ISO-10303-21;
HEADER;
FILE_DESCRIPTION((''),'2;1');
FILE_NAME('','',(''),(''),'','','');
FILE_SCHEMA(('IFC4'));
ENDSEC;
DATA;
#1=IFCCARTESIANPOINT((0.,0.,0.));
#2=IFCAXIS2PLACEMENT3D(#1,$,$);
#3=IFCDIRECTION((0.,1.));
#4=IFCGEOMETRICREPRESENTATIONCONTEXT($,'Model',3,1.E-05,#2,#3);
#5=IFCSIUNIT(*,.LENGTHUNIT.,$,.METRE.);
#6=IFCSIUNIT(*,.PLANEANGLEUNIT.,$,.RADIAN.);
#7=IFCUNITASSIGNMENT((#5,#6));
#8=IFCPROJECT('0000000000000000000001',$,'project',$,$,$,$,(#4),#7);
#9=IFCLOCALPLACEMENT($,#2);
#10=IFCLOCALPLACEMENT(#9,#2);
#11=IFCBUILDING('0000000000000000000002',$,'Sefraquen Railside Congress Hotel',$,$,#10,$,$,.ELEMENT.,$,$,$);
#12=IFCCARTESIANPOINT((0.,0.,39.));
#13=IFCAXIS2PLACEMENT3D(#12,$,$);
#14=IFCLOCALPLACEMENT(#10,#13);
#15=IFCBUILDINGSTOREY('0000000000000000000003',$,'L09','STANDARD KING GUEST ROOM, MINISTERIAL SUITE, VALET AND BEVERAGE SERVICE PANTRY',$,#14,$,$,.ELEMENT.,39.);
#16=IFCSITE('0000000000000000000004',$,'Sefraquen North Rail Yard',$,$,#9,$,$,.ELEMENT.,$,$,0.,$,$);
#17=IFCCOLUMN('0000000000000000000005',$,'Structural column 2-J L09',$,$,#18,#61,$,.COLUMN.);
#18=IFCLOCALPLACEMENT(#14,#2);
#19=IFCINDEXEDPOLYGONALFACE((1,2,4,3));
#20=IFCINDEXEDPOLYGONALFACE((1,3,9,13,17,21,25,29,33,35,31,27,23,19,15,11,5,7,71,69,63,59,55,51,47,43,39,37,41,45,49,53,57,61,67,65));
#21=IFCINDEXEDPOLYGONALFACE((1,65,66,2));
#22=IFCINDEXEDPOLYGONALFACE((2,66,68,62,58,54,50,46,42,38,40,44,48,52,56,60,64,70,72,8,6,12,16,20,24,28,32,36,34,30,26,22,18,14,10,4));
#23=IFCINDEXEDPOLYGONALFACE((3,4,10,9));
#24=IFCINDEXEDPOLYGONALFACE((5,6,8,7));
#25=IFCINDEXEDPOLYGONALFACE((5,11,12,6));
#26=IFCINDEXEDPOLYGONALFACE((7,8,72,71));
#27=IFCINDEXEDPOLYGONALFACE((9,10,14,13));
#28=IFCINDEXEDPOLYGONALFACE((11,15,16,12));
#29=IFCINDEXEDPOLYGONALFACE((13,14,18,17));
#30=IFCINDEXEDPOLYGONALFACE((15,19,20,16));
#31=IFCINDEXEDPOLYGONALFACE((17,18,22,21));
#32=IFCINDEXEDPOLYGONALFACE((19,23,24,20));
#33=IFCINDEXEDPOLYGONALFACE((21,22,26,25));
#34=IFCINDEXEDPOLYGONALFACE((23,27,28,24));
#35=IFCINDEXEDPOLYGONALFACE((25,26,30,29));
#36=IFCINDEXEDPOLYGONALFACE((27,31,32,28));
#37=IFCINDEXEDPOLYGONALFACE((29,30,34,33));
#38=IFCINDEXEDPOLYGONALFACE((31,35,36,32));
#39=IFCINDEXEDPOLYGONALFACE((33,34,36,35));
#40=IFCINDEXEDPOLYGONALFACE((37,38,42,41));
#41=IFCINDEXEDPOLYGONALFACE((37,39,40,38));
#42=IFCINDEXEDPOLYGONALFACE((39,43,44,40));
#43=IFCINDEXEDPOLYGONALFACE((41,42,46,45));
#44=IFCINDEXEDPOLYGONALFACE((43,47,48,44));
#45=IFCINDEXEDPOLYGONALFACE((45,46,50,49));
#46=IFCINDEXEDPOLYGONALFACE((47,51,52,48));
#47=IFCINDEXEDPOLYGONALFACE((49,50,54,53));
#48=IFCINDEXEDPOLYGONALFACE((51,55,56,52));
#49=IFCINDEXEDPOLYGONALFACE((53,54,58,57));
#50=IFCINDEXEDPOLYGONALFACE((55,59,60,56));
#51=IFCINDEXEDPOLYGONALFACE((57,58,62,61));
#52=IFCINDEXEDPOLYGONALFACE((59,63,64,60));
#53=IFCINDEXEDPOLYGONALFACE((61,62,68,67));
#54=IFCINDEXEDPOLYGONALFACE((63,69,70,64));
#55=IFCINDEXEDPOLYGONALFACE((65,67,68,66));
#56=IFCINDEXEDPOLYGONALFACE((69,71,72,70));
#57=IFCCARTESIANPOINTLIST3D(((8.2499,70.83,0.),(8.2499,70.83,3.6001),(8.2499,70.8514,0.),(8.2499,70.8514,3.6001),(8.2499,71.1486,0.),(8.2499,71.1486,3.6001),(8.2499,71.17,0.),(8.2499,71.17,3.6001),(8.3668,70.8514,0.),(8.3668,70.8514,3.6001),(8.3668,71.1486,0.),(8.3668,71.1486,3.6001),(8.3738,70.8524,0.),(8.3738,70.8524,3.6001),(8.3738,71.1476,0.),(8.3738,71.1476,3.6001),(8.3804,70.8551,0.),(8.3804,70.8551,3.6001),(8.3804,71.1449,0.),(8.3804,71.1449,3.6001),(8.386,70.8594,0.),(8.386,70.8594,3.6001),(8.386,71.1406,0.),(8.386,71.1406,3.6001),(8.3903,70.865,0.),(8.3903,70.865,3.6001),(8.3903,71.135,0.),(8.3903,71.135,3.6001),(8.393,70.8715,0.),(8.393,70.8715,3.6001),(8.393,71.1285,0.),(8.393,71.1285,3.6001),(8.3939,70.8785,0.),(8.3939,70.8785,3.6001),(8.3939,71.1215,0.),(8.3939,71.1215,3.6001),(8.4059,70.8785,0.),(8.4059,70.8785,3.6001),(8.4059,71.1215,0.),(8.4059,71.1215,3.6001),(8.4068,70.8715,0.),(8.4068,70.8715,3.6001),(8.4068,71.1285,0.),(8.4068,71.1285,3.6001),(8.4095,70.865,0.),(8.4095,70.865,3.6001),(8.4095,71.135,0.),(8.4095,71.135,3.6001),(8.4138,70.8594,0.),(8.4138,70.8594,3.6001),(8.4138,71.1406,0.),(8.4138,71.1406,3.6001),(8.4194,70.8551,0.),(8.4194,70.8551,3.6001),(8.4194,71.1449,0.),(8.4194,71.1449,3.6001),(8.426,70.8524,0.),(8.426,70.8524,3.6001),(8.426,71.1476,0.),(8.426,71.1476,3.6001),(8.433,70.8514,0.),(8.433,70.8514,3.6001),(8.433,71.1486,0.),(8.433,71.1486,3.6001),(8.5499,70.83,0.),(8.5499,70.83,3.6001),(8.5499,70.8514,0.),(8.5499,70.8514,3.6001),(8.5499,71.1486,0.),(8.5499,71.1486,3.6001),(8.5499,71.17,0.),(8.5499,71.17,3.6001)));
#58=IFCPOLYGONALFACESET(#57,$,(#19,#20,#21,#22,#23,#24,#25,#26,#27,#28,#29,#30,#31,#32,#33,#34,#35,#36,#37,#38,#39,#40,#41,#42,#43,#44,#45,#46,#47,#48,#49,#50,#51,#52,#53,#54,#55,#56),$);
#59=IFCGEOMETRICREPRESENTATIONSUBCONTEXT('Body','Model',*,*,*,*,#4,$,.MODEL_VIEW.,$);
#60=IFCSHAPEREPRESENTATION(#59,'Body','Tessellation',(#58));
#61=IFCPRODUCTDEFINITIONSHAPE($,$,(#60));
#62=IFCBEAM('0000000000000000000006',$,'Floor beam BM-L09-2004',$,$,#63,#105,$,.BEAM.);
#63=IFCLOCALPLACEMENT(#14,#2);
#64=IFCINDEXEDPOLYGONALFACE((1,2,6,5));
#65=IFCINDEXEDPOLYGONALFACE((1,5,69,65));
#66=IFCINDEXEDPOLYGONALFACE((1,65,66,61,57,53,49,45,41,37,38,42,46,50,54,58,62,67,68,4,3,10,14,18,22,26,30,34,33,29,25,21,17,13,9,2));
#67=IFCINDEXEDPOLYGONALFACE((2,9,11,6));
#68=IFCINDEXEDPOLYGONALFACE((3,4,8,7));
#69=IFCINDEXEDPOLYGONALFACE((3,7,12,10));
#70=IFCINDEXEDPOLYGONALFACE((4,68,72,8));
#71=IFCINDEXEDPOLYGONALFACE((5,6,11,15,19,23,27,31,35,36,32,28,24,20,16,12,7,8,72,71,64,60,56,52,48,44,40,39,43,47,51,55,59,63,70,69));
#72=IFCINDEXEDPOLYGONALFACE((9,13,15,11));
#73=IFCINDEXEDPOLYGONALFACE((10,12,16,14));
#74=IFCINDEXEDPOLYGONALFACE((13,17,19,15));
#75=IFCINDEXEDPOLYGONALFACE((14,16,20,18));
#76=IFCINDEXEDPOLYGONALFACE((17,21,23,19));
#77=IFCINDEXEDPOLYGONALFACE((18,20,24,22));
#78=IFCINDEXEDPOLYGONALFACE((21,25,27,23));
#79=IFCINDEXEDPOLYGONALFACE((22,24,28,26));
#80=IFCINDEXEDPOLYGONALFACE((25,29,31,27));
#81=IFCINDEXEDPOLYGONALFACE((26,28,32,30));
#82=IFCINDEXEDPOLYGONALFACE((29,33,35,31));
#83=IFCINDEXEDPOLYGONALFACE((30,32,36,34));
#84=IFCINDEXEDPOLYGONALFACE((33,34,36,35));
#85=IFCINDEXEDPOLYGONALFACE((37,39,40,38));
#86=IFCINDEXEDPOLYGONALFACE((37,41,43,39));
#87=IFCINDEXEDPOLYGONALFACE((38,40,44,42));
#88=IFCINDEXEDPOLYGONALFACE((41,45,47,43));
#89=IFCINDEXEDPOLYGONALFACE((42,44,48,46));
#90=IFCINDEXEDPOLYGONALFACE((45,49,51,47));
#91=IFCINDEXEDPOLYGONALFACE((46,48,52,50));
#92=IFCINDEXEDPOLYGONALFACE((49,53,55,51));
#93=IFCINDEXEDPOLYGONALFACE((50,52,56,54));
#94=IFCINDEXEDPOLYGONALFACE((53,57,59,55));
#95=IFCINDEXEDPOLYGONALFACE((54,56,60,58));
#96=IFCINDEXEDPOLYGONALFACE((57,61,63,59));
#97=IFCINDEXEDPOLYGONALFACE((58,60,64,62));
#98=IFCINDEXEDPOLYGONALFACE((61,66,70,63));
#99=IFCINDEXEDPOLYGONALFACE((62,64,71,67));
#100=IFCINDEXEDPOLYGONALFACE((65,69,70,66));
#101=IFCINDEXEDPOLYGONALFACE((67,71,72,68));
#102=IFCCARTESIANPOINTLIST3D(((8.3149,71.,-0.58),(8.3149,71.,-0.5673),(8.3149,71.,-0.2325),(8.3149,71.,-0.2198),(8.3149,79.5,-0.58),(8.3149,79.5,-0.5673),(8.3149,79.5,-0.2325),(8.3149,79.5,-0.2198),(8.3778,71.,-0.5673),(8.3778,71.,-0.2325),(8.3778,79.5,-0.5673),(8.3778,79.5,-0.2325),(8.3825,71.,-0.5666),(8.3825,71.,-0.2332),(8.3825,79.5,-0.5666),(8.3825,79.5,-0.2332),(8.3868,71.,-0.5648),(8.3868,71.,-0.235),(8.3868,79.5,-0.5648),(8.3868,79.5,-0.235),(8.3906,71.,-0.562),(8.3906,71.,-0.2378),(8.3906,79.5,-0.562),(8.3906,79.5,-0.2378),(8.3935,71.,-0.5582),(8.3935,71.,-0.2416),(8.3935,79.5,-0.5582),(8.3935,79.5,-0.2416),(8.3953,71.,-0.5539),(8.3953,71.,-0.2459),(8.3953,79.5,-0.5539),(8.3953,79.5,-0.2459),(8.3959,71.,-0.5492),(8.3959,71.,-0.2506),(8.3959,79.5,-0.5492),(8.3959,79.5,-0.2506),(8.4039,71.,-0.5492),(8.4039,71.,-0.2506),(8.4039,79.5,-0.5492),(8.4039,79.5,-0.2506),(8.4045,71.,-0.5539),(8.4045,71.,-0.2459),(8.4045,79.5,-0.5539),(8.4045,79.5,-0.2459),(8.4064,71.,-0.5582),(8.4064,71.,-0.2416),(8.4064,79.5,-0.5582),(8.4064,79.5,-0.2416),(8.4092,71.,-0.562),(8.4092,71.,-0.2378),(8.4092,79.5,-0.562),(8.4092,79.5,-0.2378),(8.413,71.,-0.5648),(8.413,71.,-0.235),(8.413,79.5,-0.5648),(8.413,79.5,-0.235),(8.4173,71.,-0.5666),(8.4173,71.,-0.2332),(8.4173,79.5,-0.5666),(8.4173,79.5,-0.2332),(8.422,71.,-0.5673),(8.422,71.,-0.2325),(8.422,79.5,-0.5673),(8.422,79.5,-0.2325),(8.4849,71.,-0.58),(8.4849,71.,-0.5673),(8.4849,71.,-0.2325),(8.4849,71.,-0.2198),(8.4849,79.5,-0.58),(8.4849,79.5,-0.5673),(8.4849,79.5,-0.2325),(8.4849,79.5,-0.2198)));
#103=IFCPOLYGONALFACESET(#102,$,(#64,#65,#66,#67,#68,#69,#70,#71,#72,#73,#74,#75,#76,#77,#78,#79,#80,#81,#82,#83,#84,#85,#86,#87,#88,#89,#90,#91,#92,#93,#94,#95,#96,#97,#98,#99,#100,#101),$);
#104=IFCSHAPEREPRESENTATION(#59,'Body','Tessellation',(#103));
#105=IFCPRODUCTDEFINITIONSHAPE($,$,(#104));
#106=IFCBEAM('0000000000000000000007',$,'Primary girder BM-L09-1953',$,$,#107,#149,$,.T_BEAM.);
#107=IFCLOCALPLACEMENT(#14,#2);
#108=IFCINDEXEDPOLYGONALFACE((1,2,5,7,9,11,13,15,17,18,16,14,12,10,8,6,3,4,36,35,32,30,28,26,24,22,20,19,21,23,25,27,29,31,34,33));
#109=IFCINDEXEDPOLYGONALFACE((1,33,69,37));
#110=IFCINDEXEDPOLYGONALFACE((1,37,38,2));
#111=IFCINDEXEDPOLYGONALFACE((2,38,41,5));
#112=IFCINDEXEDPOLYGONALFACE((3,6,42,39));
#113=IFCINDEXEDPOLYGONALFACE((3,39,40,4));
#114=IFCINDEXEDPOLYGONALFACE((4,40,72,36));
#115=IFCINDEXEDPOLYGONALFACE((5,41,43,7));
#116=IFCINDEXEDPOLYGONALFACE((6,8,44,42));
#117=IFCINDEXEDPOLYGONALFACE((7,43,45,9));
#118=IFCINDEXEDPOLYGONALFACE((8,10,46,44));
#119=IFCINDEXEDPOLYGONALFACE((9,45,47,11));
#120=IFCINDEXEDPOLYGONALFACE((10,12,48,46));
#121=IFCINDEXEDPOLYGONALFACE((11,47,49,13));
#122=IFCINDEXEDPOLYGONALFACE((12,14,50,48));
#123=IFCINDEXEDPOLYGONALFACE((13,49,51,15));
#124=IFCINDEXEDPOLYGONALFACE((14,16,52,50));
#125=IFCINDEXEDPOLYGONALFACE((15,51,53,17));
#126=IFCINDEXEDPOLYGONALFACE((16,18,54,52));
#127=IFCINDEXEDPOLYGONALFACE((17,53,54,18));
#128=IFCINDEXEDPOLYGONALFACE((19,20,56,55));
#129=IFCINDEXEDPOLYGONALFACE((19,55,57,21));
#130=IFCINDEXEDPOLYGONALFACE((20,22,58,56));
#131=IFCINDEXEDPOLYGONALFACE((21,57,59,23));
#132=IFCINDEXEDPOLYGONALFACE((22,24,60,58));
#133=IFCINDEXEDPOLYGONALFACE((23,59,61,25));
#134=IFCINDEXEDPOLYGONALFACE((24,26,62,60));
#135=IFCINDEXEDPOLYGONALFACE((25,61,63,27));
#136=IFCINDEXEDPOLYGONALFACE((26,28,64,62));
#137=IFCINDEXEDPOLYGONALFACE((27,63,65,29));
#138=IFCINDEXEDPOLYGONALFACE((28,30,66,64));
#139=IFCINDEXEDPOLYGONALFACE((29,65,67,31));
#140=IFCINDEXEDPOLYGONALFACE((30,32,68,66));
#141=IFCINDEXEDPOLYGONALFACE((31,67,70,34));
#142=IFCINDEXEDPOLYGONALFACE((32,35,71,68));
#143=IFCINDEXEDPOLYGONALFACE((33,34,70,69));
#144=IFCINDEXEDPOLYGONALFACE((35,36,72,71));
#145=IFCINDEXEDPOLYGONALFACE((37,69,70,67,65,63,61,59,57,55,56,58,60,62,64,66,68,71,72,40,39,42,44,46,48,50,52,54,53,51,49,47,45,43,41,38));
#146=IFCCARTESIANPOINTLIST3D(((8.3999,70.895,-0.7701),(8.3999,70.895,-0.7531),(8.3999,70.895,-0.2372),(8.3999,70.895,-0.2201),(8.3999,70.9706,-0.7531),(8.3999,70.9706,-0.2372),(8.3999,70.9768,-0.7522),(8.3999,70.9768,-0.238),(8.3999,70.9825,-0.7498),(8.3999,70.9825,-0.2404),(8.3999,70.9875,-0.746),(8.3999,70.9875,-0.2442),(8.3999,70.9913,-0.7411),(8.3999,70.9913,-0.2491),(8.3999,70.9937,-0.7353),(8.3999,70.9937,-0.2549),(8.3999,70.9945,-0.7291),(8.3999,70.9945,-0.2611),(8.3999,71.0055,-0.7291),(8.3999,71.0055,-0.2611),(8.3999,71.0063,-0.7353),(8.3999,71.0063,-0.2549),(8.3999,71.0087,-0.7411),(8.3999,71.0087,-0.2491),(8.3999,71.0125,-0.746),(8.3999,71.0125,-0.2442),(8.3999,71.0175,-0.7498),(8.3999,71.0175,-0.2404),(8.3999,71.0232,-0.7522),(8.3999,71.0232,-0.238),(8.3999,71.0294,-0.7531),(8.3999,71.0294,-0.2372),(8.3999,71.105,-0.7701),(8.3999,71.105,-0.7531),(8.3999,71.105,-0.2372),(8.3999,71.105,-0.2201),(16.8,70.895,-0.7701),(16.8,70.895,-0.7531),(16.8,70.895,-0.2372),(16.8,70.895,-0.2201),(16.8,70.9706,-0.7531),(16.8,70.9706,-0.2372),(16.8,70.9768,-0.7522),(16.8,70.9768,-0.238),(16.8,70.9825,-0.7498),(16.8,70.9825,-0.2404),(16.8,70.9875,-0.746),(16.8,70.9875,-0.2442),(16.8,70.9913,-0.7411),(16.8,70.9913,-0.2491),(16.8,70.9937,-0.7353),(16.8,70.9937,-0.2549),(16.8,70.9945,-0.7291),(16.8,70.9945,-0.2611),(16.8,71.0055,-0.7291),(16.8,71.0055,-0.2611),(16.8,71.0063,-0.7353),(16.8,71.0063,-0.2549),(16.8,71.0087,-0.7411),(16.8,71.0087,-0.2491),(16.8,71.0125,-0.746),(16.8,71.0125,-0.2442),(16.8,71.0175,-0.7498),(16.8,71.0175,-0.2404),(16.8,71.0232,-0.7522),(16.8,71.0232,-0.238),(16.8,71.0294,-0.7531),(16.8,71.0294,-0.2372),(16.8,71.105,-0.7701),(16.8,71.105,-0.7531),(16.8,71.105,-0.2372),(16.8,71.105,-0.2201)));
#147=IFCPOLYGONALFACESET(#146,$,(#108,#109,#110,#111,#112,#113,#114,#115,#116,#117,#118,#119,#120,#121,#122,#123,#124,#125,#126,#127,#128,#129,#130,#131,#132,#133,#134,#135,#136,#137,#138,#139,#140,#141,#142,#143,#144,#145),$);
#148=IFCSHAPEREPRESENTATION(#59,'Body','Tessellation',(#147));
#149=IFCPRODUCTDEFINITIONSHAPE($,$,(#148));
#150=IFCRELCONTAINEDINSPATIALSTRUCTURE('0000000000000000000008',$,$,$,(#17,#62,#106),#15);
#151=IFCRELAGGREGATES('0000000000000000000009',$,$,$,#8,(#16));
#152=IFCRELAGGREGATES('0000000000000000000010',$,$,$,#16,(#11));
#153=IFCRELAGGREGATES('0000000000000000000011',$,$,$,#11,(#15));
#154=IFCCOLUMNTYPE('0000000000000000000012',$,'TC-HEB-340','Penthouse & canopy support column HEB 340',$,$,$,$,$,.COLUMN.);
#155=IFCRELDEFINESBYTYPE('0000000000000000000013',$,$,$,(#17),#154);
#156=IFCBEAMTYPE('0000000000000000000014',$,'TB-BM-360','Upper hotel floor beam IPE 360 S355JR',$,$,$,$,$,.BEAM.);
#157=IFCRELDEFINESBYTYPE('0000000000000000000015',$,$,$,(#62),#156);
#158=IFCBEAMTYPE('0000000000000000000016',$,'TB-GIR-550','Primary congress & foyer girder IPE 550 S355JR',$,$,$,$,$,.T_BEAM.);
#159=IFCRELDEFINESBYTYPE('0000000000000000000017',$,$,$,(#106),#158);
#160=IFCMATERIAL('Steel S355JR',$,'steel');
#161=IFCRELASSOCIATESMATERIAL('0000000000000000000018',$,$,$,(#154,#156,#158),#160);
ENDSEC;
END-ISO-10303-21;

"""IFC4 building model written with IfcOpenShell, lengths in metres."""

from ifc_helpers import new_model, si_unit, direction, frame, origin, origin_2d, place, context, subcontext, project, spatial, i_section, extrude, material, material_profile, profile_set, type_object, element, save


model = new_model("IFC4")

# Units and contexts
model_context = context("Model", 3, precision=1e-05, world=origin(), true_north=direction((0.0, 1.0)))
body_context = subcontext(model_context, "Body", "Model", "MODEL_VIEW")
ifc_project = project(units=[si_unit("LENGTHUNIT", "METRE"), si_unit("PLANEANGLEUNIT", "RADIAN")], contexts=[model_context])

# Site, building, storey
site_placement = place(None, origin())
site = spatial("IfcSite", under=ifc_project, at=site_placement, Name="Sefraquen North Rail Yard", CompositionType="ELEMENT", RefElevation=0.0)
building_placement = place(site_placement, origin())
building = spatial("IfcBuilding", under=site, at=building_placement, Name="Sefraquen Railside Congress Hotel", CompositionType="ELEMENT")
storey_placement = place(building_placement, frame((0.0, 0.0, 39.0)))
storey = spatial("IfcBuildingStorey", under=building, at=storey_placement, Name="L09", Description="STANDARD KING GUEST ROOM, MINISTERIAL SUITE, VALET AND BEVERAGE SERVICE PANTRY", CompositionType="ELEMENT", Elevation=39.0)

# Column
ifc_material_1 = material(Name="Steel S355JR", Category="steel")
ifc_material_profile_1 = material_profile(ifc_material_1, i_section(OverallWidth=0.3, OverallDepth=0.3401, WebThickness=0.012, FlangeThickness=0.0215, FilletRadius=0.0271, at=origin_2d()), Name="HEB 340")
ifc_profile_set_1 = profile_set([ifc_material_profile_1], Name="Steel S355JR")
column_type = type_object("IfcColumnType", Name="TC-HEB-340", Description="Penthouse & canopy support column HEB 340", PredefinedType="COLUMN", material=ifc_profile_set_1)
column_placement = place(storey_placement, frame((8.3999, 71.0, 0.0), z_axis=(0.0, 0.0, 1.0), x_axis=(1.0, 0.0, 0.0)))
element("IfcColumn", 1, at=column_placement, inside=storey, type_object=column_type, Name="Structural column 2-J L09", PredefinedType="COLUMN", context=body_context, shape_type="SweptSolid", body=[
    extrude(i_section(OverallWidth=0.3, OverallDepth=0.3401, WebThickness=0.012, FlangeThickness=0.0215, FilletRadius=0.0271, at=origin_2d()), origin(), (0.0, 0.0, 1.0), 3.6001),
])

# Beams
ifc_material_profile_2 = material_profile(ifc_material_1, i_section(OverallWidth=0.1699, OverallDepth=0.3601, WebThickness=0.0081, FlangeThickness=0.0127, FilletRadius=0.0181, at=origin_2d()), Name="IPE 360")
ifc_profile_set_2 = profile_set([ifc_material_profile_2], Name="Steel S355JR")
beam_type_1 = type_object("IfcBeamType", Name="TB-BM-360", Description="Upper hotel floor beam IPE 360 S355JR", PredefinedType="BEAM", material=ifc_profile_set_2)
beam_1_placement = place(storey_placement, frame((8.3999, 71.0, -0.3999), z_axis=(0.0, 1.0, 0.0), x_axis=(-1.0, 0.0, 0.0)))
element("IfcBeam", 2, at=beam_1_placement, inside=storey, type_object=beam_type_1, Name="Floor beam BM-L09-2004", PredefinedType="BEAM", context=body_context, shape_type="SweptSolid", body=[
    extrude(i_section(OverallWidth=0.1699, OverallDepth=0.3601, WebThickness=0.0081, FlangeThickness=0.0127, FilletRadius=0.0181, at=origin_2d()), origin(), (0.0, 0.0, 1.0), 8.5),
])
ifc_material_profile_3 = material_profile(ifc_material_1, i_section(OverallWidth=0.21, OverallDepth=0.55, WebThickness=0.011, FlangeThickness=0.0171, FilletRadius=0.0239, at=origin_2d()), Name="IPE 550")
ifc_profile_set_3 = profile_set([ifc_material_profile_3], Name="Steel S355JR")
beam_type_2 = type_object("IfcBeamType", Name="TB-GIR-550", Description="Primary congress & foyer girder IPE 550 S355JR", PredefinedType="T_BEAM", material=ifc_profile_set_3)
beam_2_placement = place(storey_placement, frame((8.3999, 71.0, -0.4951), z_axis=(1.0, 0.0, 0.0), x_axis=(0.0, 1.0, 0.0)))
element("IfcBeam", 3, at=beam_2_placement, inside=storey, type_object=beam_type_2, Name="Primary girder BM-L09-1953", PredefinedType="T_BEAM", context=body_context, shape_type="SweptSolid", body=[
    extrude(i_section(OverallWidth=0.21, OverallDepth=0.55, WebThickness=0.011, FlangeThickness=0.0171, FilletRadius=0.0239, at=origin_2d()), origin(), (0.0, 0.0, 1.0), 8.4001),
])

save(model, "model.ifc")
